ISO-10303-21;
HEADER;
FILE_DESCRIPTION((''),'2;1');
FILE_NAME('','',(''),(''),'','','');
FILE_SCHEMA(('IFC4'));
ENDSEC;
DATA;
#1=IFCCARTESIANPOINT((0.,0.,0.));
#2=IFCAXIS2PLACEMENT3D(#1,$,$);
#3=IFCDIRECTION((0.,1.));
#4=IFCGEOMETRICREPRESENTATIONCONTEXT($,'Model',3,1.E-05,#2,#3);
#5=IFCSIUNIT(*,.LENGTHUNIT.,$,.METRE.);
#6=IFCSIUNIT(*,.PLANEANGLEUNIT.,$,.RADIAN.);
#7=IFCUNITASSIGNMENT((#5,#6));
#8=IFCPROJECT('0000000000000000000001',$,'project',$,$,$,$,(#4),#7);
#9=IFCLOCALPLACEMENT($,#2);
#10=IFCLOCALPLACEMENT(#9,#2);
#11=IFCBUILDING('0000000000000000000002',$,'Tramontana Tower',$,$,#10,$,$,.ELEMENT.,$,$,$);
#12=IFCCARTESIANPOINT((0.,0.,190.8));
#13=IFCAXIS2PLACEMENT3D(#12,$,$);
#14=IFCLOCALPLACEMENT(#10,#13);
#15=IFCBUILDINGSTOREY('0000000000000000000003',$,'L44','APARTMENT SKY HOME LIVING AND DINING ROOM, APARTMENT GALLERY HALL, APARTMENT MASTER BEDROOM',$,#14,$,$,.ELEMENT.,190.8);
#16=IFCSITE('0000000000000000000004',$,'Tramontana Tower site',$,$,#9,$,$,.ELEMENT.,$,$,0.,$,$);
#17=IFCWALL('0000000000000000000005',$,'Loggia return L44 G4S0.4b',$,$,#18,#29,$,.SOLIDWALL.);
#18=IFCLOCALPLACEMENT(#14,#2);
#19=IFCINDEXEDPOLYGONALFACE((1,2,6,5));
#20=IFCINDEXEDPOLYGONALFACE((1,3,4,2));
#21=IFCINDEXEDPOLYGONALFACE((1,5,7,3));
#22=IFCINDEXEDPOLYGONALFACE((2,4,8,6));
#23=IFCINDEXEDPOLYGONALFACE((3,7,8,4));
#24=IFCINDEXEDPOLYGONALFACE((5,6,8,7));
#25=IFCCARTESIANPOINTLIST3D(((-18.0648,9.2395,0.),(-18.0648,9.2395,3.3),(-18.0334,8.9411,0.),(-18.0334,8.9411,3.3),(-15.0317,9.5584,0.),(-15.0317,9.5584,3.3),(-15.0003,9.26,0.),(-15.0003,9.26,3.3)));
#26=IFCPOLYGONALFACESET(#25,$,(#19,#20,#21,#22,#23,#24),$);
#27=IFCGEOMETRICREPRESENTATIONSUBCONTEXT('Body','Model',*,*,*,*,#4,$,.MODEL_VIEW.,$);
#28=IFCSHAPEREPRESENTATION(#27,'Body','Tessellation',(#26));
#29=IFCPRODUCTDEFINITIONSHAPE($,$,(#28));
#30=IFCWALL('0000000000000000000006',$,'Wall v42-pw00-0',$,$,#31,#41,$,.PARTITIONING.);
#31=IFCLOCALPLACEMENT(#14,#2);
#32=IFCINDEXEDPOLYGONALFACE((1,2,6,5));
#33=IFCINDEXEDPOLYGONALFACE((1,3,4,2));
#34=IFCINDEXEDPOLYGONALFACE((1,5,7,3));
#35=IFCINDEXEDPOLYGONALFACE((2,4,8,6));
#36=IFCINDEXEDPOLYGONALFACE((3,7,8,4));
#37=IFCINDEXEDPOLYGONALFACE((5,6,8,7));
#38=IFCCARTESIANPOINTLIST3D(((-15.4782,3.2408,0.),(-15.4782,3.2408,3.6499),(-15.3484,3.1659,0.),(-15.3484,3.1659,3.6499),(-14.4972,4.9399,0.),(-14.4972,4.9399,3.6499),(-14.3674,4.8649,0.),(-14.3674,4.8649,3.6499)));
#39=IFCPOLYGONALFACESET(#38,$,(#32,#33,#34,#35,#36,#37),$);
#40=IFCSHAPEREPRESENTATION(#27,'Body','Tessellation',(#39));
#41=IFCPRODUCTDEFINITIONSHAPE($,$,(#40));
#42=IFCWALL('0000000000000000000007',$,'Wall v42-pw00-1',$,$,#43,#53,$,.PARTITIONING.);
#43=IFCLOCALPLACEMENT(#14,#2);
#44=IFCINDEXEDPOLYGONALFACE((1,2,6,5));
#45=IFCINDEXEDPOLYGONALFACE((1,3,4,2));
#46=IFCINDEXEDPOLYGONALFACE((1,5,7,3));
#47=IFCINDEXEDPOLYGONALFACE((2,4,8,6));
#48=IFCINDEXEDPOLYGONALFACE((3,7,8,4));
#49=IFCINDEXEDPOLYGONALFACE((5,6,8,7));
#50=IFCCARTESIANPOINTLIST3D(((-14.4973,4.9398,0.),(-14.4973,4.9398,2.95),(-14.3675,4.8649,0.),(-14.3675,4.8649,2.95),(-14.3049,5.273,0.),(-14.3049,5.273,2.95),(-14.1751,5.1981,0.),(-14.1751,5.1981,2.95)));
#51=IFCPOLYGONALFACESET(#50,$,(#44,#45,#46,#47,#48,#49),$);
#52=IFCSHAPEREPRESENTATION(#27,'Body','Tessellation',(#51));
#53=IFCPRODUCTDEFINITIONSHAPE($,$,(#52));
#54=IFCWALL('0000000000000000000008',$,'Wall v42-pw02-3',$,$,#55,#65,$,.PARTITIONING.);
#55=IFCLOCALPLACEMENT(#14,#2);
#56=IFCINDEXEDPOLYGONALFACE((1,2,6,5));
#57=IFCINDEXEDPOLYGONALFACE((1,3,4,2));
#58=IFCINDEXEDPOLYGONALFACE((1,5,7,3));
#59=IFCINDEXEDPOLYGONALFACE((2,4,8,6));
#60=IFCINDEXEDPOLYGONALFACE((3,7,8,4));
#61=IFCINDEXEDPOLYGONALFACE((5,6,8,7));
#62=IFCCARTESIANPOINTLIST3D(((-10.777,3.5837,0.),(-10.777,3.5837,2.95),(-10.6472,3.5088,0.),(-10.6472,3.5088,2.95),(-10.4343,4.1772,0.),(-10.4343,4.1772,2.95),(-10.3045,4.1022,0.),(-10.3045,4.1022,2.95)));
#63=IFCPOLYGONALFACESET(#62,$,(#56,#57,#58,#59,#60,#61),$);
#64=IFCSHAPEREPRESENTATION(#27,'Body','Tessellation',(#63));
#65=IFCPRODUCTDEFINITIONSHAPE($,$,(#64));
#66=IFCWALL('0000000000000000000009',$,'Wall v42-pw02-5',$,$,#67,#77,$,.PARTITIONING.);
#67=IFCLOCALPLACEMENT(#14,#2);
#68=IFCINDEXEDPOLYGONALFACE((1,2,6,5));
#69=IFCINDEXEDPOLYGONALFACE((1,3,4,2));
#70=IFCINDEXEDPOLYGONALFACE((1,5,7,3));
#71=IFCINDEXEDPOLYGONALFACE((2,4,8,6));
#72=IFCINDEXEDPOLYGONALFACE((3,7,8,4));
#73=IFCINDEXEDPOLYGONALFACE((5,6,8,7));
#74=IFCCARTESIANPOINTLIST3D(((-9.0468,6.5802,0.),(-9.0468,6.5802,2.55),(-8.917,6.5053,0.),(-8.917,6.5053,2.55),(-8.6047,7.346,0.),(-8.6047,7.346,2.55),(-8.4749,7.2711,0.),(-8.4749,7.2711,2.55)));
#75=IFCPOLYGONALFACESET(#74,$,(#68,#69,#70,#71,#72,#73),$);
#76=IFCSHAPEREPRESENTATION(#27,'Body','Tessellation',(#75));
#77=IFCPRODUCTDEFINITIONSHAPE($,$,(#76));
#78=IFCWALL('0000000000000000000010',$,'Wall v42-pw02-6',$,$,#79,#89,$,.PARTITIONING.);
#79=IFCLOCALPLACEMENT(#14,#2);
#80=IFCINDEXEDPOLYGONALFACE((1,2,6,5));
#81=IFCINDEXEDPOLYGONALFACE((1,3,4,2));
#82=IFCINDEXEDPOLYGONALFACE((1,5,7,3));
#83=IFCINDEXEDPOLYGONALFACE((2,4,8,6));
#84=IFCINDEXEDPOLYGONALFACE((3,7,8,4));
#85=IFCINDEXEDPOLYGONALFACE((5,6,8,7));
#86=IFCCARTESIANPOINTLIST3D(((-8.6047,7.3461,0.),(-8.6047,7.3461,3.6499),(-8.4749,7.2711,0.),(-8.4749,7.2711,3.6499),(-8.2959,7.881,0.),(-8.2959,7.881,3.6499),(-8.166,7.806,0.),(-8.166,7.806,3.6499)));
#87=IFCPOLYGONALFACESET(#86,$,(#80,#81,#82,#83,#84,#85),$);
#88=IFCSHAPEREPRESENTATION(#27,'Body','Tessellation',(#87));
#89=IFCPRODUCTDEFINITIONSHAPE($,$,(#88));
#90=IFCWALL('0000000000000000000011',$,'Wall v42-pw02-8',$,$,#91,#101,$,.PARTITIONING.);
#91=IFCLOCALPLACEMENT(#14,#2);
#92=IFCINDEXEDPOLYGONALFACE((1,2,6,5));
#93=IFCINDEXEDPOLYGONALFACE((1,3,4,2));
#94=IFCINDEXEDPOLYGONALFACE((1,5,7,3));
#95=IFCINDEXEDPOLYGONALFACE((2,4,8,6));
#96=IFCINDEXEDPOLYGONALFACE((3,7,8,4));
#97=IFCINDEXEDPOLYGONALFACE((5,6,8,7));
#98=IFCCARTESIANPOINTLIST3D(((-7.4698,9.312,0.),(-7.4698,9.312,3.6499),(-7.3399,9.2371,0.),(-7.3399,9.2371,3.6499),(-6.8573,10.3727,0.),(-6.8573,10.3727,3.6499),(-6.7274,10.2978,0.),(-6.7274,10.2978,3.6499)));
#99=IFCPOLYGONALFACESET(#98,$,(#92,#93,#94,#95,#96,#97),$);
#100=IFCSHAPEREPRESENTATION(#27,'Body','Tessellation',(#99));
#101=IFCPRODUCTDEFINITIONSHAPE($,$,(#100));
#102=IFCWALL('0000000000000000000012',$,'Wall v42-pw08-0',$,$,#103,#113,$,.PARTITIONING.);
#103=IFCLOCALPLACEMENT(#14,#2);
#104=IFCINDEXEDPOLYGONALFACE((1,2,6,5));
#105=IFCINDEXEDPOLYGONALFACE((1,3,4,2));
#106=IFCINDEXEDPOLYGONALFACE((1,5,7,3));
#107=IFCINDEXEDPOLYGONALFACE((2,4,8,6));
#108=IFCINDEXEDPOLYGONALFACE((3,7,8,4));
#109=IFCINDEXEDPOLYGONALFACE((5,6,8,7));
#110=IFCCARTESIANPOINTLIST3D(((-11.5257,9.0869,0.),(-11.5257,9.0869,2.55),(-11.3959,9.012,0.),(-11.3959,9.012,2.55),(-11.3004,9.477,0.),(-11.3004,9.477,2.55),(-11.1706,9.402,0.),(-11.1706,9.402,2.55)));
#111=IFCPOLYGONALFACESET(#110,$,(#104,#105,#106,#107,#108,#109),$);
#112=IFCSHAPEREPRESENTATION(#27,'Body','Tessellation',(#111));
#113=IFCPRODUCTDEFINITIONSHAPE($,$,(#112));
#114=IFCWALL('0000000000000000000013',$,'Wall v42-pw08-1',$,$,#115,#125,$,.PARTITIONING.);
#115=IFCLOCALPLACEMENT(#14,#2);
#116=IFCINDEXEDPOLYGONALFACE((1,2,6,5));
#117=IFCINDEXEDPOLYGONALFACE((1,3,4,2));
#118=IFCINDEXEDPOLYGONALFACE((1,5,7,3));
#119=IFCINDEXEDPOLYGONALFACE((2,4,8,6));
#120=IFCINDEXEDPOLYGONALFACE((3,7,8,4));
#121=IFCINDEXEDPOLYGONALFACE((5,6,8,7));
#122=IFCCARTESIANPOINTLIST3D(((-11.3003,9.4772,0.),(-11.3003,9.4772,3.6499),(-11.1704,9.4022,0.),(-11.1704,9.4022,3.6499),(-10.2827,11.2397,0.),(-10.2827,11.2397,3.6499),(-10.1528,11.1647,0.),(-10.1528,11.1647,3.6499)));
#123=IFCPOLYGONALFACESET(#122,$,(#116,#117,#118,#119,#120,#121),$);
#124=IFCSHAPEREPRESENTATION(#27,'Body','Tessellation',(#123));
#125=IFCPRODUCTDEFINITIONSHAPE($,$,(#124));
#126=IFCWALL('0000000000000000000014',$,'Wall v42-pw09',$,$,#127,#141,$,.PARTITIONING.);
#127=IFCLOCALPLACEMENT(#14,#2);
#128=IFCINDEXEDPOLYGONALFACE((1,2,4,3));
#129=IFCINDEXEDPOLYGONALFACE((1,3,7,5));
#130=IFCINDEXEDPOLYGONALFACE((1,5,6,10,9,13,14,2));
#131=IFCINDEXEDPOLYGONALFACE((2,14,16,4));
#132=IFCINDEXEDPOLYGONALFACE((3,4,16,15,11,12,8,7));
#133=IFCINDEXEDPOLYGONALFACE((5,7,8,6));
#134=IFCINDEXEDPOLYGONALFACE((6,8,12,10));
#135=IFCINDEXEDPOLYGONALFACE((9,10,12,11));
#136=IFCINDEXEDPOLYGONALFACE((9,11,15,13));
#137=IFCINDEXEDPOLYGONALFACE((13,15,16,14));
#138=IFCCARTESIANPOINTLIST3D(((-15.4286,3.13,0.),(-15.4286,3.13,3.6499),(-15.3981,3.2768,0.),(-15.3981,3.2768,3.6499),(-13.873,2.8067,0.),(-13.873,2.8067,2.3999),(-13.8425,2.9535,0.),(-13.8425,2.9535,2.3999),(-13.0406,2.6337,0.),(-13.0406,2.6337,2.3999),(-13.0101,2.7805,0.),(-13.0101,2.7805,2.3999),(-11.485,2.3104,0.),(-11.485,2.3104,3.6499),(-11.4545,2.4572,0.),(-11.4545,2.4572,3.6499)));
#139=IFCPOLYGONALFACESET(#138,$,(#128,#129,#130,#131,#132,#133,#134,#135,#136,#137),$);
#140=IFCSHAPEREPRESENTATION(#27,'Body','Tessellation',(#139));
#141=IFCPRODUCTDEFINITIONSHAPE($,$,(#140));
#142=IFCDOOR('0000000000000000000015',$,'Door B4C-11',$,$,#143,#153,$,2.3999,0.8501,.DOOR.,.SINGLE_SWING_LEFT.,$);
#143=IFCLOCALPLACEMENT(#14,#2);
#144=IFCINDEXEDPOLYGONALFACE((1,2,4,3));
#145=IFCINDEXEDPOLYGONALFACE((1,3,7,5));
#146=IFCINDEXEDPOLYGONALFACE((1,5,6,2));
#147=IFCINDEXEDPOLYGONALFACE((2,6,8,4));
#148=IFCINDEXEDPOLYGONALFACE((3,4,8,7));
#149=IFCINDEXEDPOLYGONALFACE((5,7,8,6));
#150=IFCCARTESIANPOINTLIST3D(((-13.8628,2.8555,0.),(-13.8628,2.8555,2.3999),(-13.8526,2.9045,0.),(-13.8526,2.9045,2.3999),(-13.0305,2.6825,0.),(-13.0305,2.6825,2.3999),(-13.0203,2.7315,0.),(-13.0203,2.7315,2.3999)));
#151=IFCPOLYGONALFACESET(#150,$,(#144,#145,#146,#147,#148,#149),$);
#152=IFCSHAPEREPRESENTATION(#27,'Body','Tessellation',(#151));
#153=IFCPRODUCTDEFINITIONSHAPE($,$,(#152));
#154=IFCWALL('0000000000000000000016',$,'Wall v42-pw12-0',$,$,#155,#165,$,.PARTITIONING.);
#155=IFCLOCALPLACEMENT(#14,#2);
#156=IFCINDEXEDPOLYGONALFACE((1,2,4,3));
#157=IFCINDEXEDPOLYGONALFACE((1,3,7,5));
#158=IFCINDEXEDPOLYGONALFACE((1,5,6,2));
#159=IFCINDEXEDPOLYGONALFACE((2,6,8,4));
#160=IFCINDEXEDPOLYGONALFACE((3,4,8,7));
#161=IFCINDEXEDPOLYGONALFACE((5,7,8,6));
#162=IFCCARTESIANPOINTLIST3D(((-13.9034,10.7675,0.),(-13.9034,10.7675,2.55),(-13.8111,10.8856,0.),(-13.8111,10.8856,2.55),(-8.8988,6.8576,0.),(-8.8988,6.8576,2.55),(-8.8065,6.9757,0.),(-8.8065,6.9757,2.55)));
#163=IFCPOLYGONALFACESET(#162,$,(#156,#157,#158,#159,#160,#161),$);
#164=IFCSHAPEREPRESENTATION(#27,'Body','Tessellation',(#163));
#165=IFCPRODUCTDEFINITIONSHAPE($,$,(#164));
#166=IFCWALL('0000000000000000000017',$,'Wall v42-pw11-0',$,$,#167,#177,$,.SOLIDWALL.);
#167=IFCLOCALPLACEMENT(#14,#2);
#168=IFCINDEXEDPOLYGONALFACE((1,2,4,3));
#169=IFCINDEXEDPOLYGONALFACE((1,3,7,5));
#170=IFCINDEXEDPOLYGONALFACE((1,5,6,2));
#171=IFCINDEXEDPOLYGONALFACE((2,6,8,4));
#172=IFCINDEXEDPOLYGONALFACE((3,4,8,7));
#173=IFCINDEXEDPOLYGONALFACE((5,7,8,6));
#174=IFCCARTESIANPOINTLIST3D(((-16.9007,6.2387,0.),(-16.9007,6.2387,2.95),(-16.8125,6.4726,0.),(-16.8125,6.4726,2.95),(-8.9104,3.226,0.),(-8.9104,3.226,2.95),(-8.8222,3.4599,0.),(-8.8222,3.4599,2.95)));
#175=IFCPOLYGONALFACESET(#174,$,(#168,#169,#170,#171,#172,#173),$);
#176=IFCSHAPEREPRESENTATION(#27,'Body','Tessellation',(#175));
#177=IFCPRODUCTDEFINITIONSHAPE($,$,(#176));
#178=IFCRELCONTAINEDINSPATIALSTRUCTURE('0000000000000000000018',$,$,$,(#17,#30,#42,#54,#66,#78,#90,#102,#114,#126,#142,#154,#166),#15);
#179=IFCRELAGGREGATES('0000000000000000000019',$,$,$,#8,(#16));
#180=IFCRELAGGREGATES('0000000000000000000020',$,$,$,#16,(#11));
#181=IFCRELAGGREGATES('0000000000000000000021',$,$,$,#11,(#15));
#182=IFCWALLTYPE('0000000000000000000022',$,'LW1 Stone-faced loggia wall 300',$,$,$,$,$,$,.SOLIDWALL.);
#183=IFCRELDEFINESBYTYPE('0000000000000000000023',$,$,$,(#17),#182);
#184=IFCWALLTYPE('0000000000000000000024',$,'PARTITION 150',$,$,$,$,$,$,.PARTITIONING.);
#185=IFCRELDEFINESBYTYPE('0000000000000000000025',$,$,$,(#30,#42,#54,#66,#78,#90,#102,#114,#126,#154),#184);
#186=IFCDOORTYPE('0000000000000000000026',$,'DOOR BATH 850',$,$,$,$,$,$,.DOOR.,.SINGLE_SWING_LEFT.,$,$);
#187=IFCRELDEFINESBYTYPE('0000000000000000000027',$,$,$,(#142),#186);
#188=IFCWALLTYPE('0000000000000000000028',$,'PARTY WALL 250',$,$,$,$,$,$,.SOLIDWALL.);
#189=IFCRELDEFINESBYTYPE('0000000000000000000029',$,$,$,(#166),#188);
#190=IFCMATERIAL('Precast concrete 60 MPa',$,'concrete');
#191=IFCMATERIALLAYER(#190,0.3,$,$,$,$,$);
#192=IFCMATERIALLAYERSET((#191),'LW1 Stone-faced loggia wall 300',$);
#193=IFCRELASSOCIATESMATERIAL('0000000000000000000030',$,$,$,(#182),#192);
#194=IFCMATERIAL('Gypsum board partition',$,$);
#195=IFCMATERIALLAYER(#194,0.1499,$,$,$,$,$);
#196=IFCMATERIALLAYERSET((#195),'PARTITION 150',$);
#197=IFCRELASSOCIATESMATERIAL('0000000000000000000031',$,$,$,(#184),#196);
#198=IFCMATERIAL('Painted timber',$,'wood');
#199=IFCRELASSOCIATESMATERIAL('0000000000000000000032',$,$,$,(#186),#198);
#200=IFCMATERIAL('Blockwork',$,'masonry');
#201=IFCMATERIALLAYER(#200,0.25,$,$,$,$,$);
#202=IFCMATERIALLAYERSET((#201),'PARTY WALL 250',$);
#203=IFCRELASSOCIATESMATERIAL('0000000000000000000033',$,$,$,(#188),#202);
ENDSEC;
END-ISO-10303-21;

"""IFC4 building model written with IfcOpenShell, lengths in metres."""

from ifc_helpers import new_model, si_unit, direction, frame, frame_2d, origin, place, context, subcontext, project, spatial, rectangle, extrude, material, layer, layer_set, type_object, element, fill, save


model = new_model("IFC4")

# Units and contexts
model_context = context("Model", 3, precision=1e-05, world=origin(), true_north=direction((0.0, 1.0)))
body_context = subcontext(model_context, "Body", "Model", "MODEL_VIEW")
ifc_project = project(units=[si_unit("LENGTHUNIT", "METRE"), si_unit("PLANEANGLEUNIT", "RADIAN")], contexts=[model_context])

# Site, building, storey
site_placement = place(None, origin())
site = spatial("IfcSite", under=ifc_project, at=site_placement, Name="Tramontana Tower site", CompositionType="ELEMENT", RefElevation=0.0)
building_placement = place(site_placement, origin())
building = spatial("IfcBuilding", under=site, at=building_placement, Name="Tramontana Tower", CompositionType="ELEMENT")
storey_placement = place(building_placement, frame((0.0, 0.0, 190.8)))
storey = spatial("IfcBuildingStorey", under=building, at=storey_placement, Name="L44", Description="APARTMENT SKY HOME LIVING AND DINING ROOM, APARTMENT GALLERY HALL, APARTMENT MASTER BEDROOM", CompositionType="ELEMENT", Elevation=190.8)

# Walls
ifc_material_1 = material(Name="Precast concrete 60 MPa", Category="concrete")
ifc_layer_1 = layer(ifc_material_1, 0.3)
ifc_layer_set_1 = layer_set([ifc_layer_1], Name="LW1 Stone-faced loggia wall 300")
wall_type_1 = type_object("IfcWallType", Name="LW1 Stone-faced loggia wall 300", PredefinedType="SOLIDWALL", material=ifc_layer_set_1)
wall_1_placement = place(storey_placement, frame((-18.0491, 9.0903, 0.0), z_axis=(0.0, 0.0, 1.0), x_axis=(0.99452, 0.104543, 0.0)))
element("IfcWall", 1, at=wall_1_placement, inside=storey, type_object=wall_type_1, Name="Loggia return L44 G4S0.4b", PredefinedType="SOLIDWALL", context=body_context, shape_type="SweptSolid", body=[
    extrude(rectangle(XDim=3.0498, YDim=0.3, at=frame_2d((1.5249, 0.0))), origin(), (0.0, 0.0, 1.0), 3.3),
])
ifc_material_2 = material(Name="Gypsum board partition")
ifc_layer_2 = layer(ifc_material_2, 0.1499)
ifc_layer_set_2 = layer_set([ifc_layer_2], Name="PARTITION 150")
wall_type_2 = type_object("IfcWallType", Name="PARTITION 150", PredefinedType="PARTITIONING", material=ifc_layer_set_2)
wall_2_placement = place(storey_placement, frame((-15.4133, 3.2034, 0.0), z_axis=(0.0, 0.0, 1.0), x_axis=(0.50002, 0.866014, 0.0)))
element("IfcWall", 2, at=wall_2_placement, inside=storey, type_object=wall_type_2, Name="Wall v42-pw00-0", PredefinedType="PARTITIONING", context=body_context, shape_type="SweptSolid", body=[
    extrude(rectangle(XDim=1.9619, YDim=0.1499, at=frame_2d((0.981, 0.0))), origin(), (0.0, 0.0, 1.0), 3.6499),
])
wall_3_placement = place(storey_placement, frame((-14.4324, 4.9023, 0.0), z_axis=(0.0, 0.0, 1.0), x_axis=(0.49996, 0.866048, 0.0)))
element("IfcWall", 3, at=wall_3_placement, inside=storey, type_object=wall_type_2, Name="Wall v42-pw00-1", PredefinedType="PARTITIONING", context=body_context, shape_type="SweptSolid", body=[
    extrude(rectangle(XDim=0.3848, YDim=0.1499, at=frame_2d((0.1924, 0.0))), origin(), (0.0, 0.0, 1.0), 2.95),
])
wall_4_placement = place(storey_placement, frame((-10.7122, 3.5461, 0.0), z_axis=(0.0, 0.0, 1.0), x_axis=(0.500123, 0.865954, 0.0)))
element("IfcWall", 4, at=wall_4_placement, inside=storey, type_object=wall_type_2, Name="Wall v42-pw02-3", PredefinedType="PARTITIONING", context=body_context, shape_type="SweptSolid", body=[
    extrude(rectangle(XDim=0.6853, YDim=0.1499, at=frame_2d((0.3428, 0.0))), origin(), (0.0, 0.0, 1.0), 2.95),
])

# Walls
wall_5_placement = place(storey_placement, frame((-8.9819, 6.5427, 0.0), z_axis=(0.0, 0.0, 1.0), x_axis=(0.499969, 0.866043, 0.0)))
element("IfcWall", 5, at=wall_5_placement, inside=storey, type_object=wall_type_2, Name="Wall v42-pw02-5", PredefinedType="PARTITIONING", context=body_context, shape_type="SweptSolid", body=[
    extrude(rectangle(XDim=0.8843, YDim=0.1499, at=frame_2d((0.4421, 0.0))), origin(), (0.0, 0.0, 1.0), 2.55),
])
wall_6_placement = place(storey_placement, frame((-8.5398, 7.3086, 0.0), z_axis=(0.0, 0.0, 1.0), x_axis=(0.500008, 0.866021, 0.0)))
element("IfcWall", 6, at=wall_6_placement, inside=storey, type_object=wall_type_2, Name="Wall v42-pw02-6", PredefinedType="PARTITIONING", context=body_context, shape_type="SweptSolid", body=[
    extrude(rectangle(XDim=0.6177, YDim=0.1499, at=frame_2d((0.3088, 0.0))), origin(), (0.0, 0.0, 1.0), 3.6499),
])

# Shared definitions
ifc_material_3 = material(Name="Painted timber", Category="wood")
door_type_1 = type_object("IfcDoorType", Name="DOOR BATH 850", OperationType="SINGLE_SWING_LEFT", PredefinedType="DOOR", material=ifc_material_3)

# Walls
wall_7_placement = place(storey_placement, frame((-7.4048, 9.2747, 0.0), z_axis=(0.0, 0.0, 1.0), x_axis=(0.500062, 0.86599, 0.0)))
element("IfcWall", 7, at=wall_7_placement, inside=storey, type_object=wall_type_2, Name="Wall v42-pw02-8", PredefinedType="PARTITIONING", context=body_context, shape_type="SweptSolid", body=[
    extrude(rectangle(XDim=1.2249, YDim=0.1499, at=frame_2d((0.6123, 0.0))), origin(), (0.0, 0.0, 1.0), 3.6499),
])
wall_8_placement = place(storey_placement, frame((-11.4607, 9.0496, 0.0), z_axis=(0.0, 0.0, 1.0), x_axis=(0.50016, 0.865933, 0.0)))
element("IfcWall", 8, at=wall_8_placement, inside=storey, type_object=wall_type_2, Name="Wall v42-pw08-0", PredefinedType="PARTITIONING", context=body_context, shape_type="SweptSolid", body=[
    extrude(rectangle(XDim=0.4504, YDim=0.1499, at=frame_2d((0.2251, 0.0))), origin(), (0.0, 0.0, 1.0), 2.55),
])
wall_9_placement = place(storey_placement, frame((-11.2354, 9.4397, 0.0), z_axis=(0.0, 0.0, 1.0), x_axis=(0.50001, 0.86602, 0.0)))
element("IfcWall", 9, at=wall_9_placement, inside=storey, type_object=wall_type_2, Name="Wall v42-pw08-1", PredefinedType="PARTITIONING", context=body_context, shape_type="SweptSolid", body=[
    extrude(rectangle(XDim=2.0352, YDim=0.1499, at=frame_2d((1.0176, 0.0))), origin(), (0.0, 0.0, 1.0), 3.6499),
])

# Wall, opening, door
wall_10_placement = place(storey_placement, frame((-15.4133, 3.2034, 0.0), z_axis=(0.0, 0.0, 1.0), x_axis=(0.97908, -0.203477, 0.0)))
wall_10 = element("IfcWall", 10, at=wall_10_placement, inside=storey, type_object=wall_type_2, Name="Wall v42-pw09", PredefinedType="PARTITIONING", context=body_context, shape_type="SweptSolid", body=[
    extrude(rectangle(XDim=4.0278, YDim=0.1499, at=frame_2d((2.0139, 0.0))), origin(), (0.0, 0.0, 1.0), 3.6499),
])
opening_1_placement = place(wall_10_placement, frame((1.5889, 0.0, 0.0)))
opening_1 = element("IfcOpeningElement", 11, at=opening_1_placement, cuts=wall_10, PredefinedType="OPENING", context=body_context, shape_type="SweptSolid", body=[
    extrude(rectangle(XDim=0.8501, YDim=2.3999, at=frame_2d((0.425, 1.2))), frame((0.0, 0.085, 0.0), z_axis=(0.0, -1.0, 0.0), x_axis=(1.0, 0.0, 0.0)), (0.0, 0.0, 1.0), 0.1699),
])
door_1_placement = place(opening_1_placement, origin())
door_1 = element("IfcDoor", 12, at=door_1_placement, inside=storey, type_object=door_type_1, Name="Door B4C-11", OperationType="SINGLE_SWING_LEFT", OverallHeight=2.3999, OverallWidth=0.8501, PredefinedType="DOOR", context=body_context, shape_type="SweptSolid", body=[
    extrude(rectangle(XDim=0.8501, YDim=2.3999, at=frame_2d((0.425, 1.2))), frame((0.0, 0.0249, 0.0), z_axis=(0.0, -1.0, 0.0), x_axis=(1.0, 0.0, 0.0)), (0.0, 0.0, 1.0), 0.05),
])
fill(opening_1, door_1)

# Walls
wall_11_placement = place(storey_placement, frame((-8.8528, 6.9167, 0.0), z_axis=(0.0, 0.0, 1.0), x_axis=(-0.788021, 0.615648, 0.0)))
element("IfcWall", 13, at=wall_11_placement, inside=storey, type_object=wall_type_2, Name="Wall v42-pw12-0", PredefinedType="PARTITIONING", context=body_context, shape_type="SweptSolid", body=[
    extrude(rectangle(XDim=6.3508, YDim=0.1499, at=frame_2d((3.1753, 0.0))), origin(), (0.0, 0.0, 1.0), 2.55),
])
ifc_material_4 = material(Name="Blockwork", Category="masonry")
ifc_layer_3 = layer(ifc_material_4, 0.25)
ifc_layer_set_3 = layer_set([ifc_layer_3], Name="PARTY WALL 250")
wall_type_3 = type_object("IfcWallType", Name="PARTY WALL 250", PredefinedType="SOLIDWALL", material=ifc_layer_set_3)
wall_12_placement = place(storey_placement, frame((-8.8665, 3.343, 0.0), z_axis=(0.0, 0.0, 1.0), x_axis=(-0.935698, 0.352802, 0.0)))
element("IfcWall", 14, at=wall_12_placement, inside=storey, type_object=wall_type_3, Name="Wall v42-pw11-0", PredefinedType="SOLIDWALL", context=body_context, shape_type="SweptSolid", body=[
    extrude(rectangle(XDim=8.5393, YDim=0.25, at=frame_2d((4.2695, 0.0))), origin(), (0.0, 0.0, 1.0), 2.95),
])

save(model, "model.ifc")
